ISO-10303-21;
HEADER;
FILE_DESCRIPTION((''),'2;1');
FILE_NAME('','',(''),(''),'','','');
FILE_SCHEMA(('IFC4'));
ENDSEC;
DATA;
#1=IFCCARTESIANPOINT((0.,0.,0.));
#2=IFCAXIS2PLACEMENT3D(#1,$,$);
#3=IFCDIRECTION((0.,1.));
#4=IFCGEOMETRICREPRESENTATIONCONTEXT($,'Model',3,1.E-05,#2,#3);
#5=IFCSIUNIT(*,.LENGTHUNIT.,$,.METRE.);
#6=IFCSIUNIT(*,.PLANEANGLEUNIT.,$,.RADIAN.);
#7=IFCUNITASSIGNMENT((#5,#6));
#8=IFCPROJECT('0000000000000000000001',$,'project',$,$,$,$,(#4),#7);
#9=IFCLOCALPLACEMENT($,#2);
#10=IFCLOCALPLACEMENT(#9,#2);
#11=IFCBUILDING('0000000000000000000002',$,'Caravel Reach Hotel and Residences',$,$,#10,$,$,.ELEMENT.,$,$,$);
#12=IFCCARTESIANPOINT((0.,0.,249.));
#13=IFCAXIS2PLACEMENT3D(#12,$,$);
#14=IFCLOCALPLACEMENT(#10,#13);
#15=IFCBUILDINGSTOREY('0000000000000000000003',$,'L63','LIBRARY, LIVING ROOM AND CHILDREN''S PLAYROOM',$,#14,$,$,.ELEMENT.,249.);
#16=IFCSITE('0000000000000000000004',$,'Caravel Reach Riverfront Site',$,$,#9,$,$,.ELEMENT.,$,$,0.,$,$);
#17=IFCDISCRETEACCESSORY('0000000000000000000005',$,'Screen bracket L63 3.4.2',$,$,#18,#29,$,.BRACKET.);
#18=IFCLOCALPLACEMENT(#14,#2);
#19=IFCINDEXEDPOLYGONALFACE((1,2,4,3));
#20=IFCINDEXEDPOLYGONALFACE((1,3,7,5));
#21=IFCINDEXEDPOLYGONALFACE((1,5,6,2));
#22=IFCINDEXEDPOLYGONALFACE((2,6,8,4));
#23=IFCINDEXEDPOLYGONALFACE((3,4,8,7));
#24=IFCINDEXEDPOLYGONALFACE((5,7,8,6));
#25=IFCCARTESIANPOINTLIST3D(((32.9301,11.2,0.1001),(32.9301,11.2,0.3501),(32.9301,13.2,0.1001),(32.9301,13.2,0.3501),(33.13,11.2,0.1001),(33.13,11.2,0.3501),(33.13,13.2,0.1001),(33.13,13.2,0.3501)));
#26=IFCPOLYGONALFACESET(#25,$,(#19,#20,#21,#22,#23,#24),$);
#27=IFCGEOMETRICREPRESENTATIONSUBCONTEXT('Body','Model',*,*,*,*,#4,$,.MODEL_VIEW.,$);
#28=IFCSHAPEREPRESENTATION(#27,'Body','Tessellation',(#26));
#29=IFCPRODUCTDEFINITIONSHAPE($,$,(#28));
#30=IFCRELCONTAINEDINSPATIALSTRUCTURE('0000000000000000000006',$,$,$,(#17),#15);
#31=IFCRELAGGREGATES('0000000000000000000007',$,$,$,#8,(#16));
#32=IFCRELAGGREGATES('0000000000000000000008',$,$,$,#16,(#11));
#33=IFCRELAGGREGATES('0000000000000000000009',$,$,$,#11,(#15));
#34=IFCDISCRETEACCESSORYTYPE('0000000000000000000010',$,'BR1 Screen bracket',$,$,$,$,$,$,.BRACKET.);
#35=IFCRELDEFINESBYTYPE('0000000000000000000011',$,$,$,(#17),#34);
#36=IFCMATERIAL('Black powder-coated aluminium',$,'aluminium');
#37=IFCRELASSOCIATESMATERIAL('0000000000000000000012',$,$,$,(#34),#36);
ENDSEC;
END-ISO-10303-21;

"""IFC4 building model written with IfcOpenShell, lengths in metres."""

from ifc_helpers import new_model, si_unit, direction, frame, origin, origin_2d, place, context, subcontext, project, spatial, rectangle, extrude, material, type_object, element, save


model = new_model("IFC4")

# Units and contexts
model_context = context("Model", 3, precision=1e-05, world=origin(), true_north=direction((0.0, 1.0)))
body_context = subcontext(model_context, "Body", "Model", "MODEL_VIEW")
ifc_project = project(units=[si_unit("LENGTHUNIT", "METRE"), si_unit("PLANEANGLEUNIT", "RADIAN")], contexts=[model_context])

# Site, building, storey
site_placement = place(None, origin())
site = spatial("IfcSite", under=ifc_project, at=site_placement, Name="Caravel Reach Riverfront Site", CompositionType="ELEMENT", RefElevation=0.0)
building_placement = place(site_placement, origin())
building = spatial("IfcBuilding", under=site, at=building_placement, Name="Caravel Reach Hotel and Residences", CompositionType="ELEMENT")
storey_placement = place(building_placement, frame((0.0, 0.0, 249.0)))
storey = spatial("IfcBuildingStorey", under=building, at=storey_placement, Name="L63", Description="LIBRARY, LIVING ROOM AND CHILDREN'S PLAYROOM", CompositionType="ELEMENT", Elevation=249.0)

# Discrete accessory
ifc_material_1 = material(Name="Black powder-coated aluminium", Category="aluminium")
discrete_accessory_type = type_object("IfcDiscreteAccessoryType", Name="BR1 Screen bracket", PredefinedType="BRACKET", material=ifc_material_1)
discrete_accessory_placement = place(storey_placement, frame((33.03, 12.2, 0.1001), z_axis=(0.0, 0.0, 1.0), x_axis=(0.0, -1.0, 0.0)))
element("IfcDiscreteAccessory", 1, at=discrete_accessory_placement, inside=storey, type_object=discrete_accessory_type, Name="Screen bracket L63 3.4.2", PredefinedType="BRACKET", context=body_context, shape_type="SweptSolid", body=[
    extrude(rectangle(XDim=2.0, YDim=0.2, at=origin_2d()), origin(), (0.0, 0.0, 1.0), 0.25),
])

save(model, "model.ifc")
